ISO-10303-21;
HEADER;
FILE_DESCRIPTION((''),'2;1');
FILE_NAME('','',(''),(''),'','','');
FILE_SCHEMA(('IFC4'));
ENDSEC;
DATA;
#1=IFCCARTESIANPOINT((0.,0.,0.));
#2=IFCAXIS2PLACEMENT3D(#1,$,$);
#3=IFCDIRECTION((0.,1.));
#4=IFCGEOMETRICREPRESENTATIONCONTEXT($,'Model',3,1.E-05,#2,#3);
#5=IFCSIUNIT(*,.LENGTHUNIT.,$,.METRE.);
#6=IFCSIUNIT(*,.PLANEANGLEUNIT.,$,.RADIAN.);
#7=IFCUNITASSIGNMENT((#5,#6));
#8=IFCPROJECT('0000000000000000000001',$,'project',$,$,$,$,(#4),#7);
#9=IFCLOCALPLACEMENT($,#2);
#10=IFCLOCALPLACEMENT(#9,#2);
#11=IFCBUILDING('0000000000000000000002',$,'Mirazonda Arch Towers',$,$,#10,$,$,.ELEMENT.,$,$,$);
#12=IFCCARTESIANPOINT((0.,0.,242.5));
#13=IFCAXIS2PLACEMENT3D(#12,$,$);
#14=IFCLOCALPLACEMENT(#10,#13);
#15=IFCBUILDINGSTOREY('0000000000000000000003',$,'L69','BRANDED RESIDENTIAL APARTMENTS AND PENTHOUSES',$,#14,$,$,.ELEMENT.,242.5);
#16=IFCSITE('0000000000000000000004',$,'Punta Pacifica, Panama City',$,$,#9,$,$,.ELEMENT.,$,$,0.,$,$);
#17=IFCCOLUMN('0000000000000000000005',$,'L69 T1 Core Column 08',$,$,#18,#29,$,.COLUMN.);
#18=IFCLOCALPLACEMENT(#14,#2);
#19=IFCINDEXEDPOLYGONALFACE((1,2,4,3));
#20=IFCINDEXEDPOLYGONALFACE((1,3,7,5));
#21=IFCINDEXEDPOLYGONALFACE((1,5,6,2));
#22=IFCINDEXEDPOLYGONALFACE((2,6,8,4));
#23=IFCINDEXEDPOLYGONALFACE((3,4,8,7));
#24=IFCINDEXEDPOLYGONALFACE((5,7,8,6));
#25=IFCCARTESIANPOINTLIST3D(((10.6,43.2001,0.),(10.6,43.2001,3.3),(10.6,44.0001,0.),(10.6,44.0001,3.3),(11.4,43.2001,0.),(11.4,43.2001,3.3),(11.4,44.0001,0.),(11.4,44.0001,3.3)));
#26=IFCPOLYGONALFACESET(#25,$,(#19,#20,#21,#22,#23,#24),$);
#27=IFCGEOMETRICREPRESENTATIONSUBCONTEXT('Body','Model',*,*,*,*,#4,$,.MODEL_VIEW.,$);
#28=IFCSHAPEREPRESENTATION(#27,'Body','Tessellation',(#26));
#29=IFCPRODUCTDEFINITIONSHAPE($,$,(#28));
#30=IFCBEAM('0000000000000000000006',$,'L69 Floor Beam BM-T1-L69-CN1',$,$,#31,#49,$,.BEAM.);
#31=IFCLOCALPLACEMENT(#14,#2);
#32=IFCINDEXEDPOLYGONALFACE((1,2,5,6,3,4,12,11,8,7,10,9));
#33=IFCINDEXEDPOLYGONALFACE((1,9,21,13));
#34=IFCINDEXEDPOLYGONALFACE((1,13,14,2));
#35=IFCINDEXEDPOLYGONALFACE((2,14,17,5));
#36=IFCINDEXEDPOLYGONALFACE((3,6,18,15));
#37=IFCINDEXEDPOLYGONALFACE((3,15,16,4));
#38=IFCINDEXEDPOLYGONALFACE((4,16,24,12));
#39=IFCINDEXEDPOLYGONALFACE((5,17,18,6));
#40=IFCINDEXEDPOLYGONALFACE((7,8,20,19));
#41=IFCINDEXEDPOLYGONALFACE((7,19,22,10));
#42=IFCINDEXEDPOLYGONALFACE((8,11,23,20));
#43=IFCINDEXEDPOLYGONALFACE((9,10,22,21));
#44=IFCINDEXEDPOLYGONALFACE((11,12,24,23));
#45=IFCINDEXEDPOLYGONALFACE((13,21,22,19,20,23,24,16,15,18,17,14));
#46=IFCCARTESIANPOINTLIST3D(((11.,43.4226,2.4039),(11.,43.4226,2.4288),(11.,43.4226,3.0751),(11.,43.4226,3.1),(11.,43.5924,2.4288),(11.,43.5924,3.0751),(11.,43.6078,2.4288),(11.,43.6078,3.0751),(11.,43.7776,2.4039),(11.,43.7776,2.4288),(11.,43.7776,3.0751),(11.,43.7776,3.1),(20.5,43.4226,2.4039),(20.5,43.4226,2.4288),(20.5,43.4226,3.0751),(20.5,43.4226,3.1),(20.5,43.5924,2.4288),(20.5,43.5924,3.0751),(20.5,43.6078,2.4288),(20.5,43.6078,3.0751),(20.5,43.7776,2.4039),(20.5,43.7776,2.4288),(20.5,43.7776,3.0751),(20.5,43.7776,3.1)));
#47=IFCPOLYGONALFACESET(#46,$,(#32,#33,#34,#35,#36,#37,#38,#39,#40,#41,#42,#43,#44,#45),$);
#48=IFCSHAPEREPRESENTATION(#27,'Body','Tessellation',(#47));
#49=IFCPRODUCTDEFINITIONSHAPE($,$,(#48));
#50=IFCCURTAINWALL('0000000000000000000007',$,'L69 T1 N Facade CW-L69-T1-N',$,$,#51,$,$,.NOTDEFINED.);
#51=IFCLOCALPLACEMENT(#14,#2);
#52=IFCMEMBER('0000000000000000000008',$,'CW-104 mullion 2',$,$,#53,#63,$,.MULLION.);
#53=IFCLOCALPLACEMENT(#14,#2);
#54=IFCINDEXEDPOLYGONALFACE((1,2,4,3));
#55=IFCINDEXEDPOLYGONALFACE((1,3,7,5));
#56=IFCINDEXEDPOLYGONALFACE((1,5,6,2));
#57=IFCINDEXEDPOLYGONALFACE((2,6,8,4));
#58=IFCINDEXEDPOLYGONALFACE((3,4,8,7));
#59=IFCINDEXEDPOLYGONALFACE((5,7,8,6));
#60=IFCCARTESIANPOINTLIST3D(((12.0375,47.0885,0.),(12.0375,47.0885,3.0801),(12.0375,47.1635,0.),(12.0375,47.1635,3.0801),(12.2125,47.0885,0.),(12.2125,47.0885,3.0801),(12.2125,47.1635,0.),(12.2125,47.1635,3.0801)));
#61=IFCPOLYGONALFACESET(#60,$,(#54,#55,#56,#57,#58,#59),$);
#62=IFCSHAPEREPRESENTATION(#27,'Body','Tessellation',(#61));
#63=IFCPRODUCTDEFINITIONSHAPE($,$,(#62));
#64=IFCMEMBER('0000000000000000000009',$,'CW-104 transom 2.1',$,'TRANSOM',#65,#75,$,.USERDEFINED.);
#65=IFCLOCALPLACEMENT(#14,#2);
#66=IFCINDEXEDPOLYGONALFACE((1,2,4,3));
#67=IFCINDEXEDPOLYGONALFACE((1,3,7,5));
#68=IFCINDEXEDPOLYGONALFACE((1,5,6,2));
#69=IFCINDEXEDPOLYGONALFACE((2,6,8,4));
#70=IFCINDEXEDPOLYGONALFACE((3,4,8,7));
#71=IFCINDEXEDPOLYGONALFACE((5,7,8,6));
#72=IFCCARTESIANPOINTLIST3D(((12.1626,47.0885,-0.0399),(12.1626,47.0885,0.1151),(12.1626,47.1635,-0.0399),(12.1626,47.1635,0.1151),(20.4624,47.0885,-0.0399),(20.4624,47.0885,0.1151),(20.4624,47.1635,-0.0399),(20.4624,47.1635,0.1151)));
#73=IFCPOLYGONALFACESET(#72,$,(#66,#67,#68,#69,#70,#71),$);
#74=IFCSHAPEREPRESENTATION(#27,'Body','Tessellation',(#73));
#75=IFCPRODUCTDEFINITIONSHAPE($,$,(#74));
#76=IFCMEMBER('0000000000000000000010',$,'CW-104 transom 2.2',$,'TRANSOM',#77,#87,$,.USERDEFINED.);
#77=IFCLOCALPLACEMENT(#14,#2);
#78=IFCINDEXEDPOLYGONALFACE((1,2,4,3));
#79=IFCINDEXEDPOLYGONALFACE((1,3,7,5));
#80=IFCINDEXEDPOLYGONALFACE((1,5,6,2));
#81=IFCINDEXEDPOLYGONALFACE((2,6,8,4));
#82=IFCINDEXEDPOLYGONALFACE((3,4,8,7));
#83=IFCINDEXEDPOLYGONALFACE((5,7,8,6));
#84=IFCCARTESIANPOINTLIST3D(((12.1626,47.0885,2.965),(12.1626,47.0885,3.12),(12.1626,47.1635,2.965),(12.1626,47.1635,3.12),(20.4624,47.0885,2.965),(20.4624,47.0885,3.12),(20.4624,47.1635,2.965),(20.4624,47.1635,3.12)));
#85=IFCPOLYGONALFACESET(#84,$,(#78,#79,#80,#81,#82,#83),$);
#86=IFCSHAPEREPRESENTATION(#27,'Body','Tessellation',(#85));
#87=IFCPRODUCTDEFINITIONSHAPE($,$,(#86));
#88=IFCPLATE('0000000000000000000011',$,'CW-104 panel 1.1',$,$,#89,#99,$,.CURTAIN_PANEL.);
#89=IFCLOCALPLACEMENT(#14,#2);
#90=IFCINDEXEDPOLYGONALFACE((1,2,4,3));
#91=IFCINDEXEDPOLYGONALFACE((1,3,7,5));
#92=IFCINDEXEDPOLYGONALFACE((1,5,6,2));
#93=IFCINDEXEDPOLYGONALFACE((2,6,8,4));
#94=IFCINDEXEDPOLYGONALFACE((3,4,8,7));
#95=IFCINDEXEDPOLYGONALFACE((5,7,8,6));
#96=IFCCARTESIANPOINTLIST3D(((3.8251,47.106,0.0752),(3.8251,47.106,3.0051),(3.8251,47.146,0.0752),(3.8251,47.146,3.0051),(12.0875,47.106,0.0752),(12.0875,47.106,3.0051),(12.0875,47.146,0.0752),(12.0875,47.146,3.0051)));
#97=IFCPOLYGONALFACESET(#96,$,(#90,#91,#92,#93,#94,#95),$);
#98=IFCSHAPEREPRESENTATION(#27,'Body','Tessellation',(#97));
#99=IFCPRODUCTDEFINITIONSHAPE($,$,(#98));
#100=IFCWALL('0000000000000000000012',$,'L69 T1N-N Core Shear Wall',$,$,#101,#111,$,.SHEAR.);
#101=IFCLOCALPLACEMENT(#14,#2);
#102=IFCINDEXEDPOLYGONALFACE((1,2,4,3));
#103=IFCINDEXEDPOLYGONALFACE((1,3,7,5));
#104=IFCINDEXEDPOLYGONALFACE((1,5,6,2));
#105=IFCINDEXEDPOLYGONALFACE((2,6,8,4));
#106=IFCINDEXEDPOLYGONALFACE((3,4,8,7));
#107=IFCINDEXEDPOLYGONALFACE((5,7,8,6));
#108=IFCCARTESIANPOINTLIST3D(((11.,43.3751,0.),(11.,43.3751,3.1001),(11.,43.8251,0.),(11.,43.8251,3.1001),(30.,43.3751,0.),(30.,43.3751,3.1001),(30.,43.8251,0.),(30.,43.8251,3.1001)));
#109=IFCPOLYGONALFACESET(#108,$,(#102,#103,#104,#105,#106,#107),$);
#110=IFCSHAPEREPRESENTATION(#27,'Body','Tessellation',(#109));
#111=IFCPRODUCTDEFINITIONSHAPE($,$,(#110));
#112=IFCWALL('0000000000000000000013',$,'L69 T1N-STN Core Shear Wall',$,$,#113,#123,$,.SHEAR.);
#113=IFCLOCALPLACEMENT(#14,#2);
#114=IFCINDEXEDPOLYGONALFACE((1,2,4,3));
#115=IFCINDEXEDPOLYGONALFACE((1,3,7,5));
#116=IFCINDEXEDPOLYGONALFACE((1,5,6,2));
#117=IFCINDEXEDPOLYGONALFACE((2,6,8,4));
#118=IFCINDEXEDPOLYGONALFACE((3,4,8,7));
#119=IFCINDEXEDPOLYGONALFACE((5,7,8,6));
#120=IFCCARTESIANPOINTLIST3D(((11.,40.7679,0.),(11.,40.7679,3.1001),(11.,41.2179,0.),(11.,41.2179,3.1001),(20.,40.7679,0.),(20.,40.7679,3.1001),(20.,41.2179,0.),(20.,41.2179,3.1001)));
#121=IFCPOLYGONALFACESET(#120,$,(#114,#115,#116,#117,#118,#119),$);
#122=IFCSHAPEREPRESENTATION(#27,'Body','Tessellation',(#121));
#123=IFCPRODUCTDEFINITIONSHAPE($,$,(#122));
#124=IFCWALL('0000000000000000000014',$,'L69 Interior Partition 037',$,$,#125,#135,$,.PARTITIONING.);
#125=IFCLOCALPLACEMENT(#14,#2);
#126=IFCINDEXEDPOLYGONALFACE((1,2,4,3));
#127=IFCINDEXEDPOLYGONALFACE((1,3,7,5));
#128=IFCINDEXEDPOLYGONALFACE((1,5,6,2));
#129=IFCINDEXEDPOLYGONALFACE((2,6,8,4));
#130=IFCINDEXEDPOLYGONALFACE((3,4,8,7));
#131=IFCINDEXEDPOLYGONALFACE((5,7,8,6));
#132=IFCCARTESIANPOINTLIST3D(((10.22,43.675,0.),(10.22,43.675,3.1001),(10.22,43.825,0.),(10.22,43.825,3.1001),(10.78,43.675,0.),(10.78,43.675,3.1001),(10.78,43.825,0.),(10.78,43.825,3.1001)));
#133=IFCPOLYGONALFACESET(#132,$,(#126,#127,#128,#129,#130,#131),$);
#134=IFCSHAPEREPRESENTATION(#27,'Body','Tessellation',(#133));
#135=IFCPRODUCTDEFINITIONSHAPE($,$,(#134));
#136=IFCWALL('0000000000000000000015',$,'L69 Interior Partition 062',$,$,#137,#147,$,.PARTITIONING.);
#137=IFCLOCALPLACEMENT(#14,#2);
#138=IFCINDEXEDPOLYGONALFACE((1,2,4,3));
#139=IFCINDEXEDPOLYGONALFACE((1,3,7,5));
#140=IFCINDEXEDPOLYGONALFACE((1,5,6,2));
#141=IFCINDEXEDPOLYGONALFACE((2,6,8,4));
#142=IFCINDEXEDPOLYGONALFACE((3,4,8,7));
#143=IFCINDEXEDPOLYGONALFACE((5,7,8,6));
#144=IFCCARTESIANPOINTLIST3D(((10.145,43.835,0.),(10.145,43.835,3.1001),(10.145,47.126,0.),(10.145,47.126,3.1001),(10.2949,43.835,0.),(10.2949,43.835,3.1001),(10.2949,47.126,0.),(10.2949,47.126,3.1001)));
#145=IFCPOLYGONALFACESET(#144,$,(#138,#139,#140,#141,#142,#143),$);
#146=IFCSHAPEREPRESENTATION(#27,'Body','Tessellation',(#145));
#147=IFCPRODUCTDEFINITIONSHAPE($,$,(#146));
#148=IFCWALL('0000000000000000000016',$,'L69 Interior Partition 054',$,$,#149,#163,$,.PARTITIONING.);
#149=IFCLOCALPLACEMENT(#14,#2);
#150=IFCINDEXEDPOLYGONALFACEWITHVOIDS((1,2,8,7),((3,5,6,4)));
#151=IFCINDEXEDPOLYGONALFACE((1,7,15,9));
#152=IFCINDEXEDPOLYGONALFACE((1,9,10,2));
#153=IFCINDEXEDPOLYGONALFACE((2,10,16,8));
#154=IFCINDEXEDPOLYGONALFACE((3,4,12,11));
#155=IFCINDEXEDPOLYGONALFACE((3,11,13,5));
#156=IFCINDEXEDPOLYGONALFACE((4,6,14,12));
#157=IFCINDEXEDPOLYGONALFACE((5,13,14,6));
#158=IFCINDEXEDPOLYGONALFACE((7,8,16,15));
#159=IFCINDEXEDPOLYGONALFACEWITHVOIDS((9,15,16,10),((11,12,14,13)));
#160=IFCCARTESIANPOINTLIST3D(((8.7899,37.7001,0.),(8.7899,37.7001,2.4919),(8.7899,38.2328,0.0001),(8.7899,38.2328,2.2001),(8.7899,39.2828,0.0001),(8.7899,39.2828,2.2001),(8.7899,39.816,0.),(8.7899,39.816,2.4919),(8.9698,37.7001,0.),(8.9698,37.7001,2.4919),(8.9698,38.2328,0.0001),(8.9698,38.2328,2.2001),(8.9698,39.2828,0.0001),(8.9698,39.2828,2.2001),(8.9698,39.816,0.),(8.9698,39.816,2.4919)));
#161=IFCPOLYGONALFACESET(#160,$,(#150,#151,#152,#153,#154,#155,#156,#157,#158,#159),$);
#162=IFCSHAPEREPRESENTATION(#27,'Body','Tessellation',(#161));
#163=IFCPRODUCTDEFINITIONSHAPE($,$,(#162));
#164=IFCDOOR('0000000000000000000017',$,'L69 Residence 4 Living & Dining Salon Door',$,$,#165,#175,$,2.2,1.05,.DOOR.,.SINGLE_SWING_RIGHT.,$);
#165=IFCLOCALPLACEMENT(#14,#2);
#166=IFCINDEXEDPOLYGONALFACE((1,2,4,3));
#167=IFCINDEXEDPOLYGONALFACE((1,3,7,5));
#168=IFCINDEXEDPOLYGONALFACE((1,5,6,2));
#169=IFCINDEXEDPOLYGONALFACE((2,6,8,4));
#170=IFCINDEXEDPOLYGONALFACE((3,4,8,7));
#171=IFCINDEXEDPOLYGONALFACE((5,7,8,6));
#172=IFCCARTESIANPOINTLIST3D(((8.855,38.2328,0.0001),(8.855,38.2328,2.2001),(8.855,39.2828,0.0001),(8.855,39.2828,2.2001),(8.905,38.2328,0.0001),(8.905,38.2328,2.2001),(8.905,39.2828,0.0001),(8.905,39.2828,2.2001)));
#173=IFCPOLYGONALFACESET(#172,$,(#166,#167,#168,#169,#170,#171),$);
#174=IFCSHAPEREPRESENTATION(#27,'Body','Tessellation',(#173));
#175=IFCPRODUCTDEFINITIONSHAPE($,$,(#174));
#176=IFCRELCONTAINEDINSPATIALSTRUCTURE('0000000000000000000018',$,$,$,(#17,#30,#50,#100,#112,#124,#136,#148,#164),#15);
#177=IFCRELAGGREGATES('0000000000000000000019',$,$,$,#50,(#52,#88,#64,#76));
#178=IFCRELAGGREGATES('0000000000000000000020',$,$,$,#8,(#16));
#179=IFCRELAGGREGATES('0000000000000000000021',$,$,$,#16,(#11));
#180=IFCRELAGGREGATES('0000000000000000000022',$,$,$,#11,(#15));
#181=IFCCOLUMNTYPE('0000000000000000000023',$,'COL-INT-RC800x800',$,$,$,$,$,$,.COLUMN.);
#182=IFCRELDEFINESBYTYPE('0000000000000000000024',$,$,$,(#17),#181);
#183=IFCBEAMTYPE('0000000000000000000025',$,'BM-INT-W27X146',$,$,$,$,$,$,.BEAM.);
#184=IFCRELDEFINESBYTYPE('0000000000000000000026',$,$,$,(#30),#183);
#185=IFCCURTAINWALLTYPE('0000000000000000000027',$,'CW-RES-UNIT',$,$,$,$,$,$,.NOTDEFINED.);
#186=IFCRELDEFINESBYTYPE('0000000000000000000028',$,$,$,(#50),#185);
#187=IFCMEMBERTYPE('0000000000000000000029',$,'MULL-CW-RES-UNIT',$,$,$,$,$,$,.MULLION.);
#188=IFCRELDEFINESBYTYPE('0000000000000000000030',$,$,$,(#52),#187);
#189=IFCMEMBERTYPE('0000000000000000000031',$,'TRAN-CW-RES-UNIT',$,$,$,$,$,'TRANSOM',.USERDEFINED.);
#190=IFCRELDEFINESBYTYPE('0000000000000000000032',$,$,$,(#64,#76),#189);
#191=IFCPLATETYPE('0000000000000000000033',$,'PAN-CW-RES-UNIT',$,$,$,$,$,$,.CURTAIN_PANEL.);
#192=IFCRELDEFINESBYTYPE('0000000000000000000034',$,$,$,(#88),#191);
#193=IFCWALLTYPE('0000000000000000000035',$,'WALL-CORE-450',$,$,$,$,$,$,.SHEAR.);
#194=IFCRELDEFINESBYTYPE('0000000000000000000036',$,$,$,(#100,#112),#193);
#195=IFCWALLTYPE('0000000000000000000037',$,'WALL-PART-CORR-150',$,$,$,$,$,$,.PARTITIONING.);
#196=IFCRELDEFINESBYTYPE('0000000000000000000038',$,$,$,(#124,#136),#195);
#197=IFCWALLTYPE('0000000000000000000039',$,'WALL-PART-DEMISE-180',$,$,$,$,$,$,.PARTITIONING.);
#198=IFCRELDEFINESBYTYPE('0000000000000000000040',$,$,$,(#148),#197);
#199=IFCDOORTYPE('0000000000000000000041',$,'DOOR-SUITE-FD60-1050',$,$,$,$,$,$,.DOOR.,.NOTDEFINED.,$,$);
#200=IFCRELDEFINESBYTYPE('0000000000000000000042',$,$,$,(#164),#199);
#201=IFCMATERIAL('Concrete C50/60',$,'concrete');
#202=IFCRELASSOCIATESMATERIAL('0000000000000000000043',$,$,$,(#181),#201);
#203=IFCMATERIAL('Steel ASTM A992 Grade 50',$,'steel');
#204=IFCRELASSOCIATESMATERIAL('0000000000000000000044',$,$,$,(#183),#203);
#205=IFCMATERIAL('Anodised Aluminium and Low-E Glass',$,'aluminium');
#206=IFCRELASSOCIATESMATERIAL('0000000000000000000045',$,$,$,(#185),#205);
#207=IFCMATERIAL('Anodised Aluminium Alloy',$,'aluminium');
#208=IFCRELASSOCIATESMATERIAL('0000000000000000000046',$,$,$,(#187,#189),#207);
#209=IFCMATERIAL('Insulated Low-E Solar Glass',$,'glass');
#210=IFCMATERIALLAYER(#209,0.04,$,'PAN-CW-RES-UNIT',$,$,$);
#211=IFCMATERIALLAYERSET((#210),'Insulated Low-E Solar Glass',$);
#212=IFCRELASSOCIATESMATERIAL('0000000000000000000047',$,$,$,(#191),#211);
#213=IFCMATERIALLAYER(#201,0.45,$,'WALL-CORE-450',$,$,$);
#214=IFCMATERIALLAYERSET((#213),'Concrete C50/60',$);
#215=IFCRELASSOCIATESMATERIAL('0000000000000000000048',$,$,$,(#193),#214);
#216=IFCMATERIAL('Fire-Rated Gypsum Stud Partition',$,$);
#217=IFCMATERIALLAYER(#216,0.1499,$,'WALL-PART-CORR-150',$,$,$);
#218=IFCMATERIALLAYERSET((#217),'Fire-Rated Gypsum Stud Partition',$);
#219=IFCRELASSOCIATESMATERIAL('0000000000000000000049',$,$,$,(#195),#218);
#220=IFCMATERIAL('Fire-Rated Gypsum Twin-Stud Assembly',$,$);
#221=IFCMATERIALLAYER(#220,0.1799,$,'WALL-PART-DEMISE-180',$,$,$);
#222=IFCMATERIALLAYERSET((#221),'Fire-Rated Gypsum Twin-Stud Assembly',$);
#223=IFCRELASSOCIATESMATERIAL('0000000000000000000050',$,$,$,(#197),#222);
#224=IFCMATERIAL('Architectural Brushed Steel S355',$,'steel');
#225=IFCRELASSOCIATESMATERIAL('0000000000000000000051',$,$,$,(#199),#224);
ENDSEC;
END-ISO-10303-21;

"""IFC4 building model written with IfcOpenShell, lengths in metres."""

from ifc_helpers import new_model, si_unit, direction, frame, frame_2d, origin, origin_2d, place, context, subcontext, project, spatial, rectangle, i_section, extrude, material, layer, layer_set, material_profile, profile_set, type_object, element, fill, aggregate, save


model = new_model("IFC4")

# Units and contexts
model_context = context("Model", 3, precision=1e-05, world=origin(), true_north=direction((0.0, 1.0)))
body_context = subcontext(model_context, "Body", "Model", "MODEL_VIEW")
ifc_project = project(units=[si_unit("LENGTHUNIT", "METRE"), si_unit("PLANEANGLEUNIT", "RADIAN")], contexts=[model_context])

# Site, building, storey
site_placement = place(None, origin())
site = spatial("IfcSite", under=ifc_project, at=site_placement, Name="Punta Pacifica, Panama City", CompositionType="ELEMENT", RefElevation=0.0)
building_placement = place(site_placement, origin())
building = spatial("IfcBuilding", under=site, at=building_placement, Name="Mirazonda Arch Towers", CompositionType="ELEMENT")
storey_placement = place(building_placement, frame((0.0, 0.0, 242.5)))
storey = spatial("IfcBuildingStorey", under=building, at=storey_placement, Name="L69", Description="BRANDED RESIDENTIAL APARTMENTS AND PENTHOUSES", CompositionType="ELEMENT", Elevation=242.5)

# Column
ifc_material_1 = material(Name="Concrete C50/60", Category="concrete")
ifc_material_profile_1 = material_profile(ifc_material_1, rectangle(XDim=0.8, YDim=0.8, at=origin_2d()), Name="RC800x800")
ifc_profile_set_1 = profile_set([ifc_material_profile_1], Name="Concrete C50/60")
column_type = type_object("IfcColumnType", Name="COL-INT-RC800x800", PredefinedType="COLUMN", material=ifc_profile_set_1)
column_placement = place(storey_placement, frame((11.0, 43.6001, 0.0), z_axis=(0.0, 0.0, 1.0), x_axis=(1.0, 0.0, 0.0)))
element("IfcColumn", 1, at=column_placement, inside=storey, type_object=column_type, Name="L69 T1 Core Column 08", PredefinedType="COLUMN", context=body_context, shape_type="SweptSolid", body=[
    extrude(rectangle(XDim=0.8, YDim=0.8, at=origin_2d()), origin(), (0.0, 0.0, 1.0), 3.3),
])

# Beam
ifc_material_2 = material(Name="Steel ASTM A992 Grade 50", Category="steel")
ifc_material_profile_2 = material_profile(ifc_material_2, i_section(OverallWidth=0.355, OverallDepth=0.696, WebThickness=0.0154, FlangeThickness=0.0249, at=origin_2d()), Name="W27X146")
ifc_profile_set_2 = profile_set([ifc_material_profile_2], Name="Steel ASTM A992 Grade 50")
beam_type = type_object("IfcBeamType", Name="BM-INT-W27X146", PredefinedType="BEAM", material=ifc_profile_set_2)
beam_placement = place(storey_placement, frame((11.0, 43.6001, 2.752), z_axis=(1.0, 0.0, 0.0), x_axis=(0.0, 1.0, 0.0)))
element("IfcBeam", 2, at=beam_placement, inside=storey, type_object=beam_type, Name="L69 Floor Beam BM-T1-L69-CN1", PredefinedType="BEAM", context=body_context, shape_type="SweptSolid", body=[
    extrude(i_section(OverallWidth=0.355, OverallDepth=0.696, WebThickness=0.0154, FlangeThickness=0.0249, at=origin_2d()), origin(), (0.0, 0.0, 1.0), 9.5),
])

# Curtain wall, members, plate
ifc_material_3 = material(Name="Anodised Aluminium and Low-E Glass", Category="aluminium")
curtain_wall_type = type_object("IfcCurtainWallType", Name="CW-RES-UNIT", PredefinedType="NOTDEFINED", material=ifc_material_3)
curtain_wall_placement = place(storey_placement, origin())
curtain_wall = element("IfcCurtainWall", 3, at=curtain_wall_placement, inside=storey, type_object=curtain_wall_type, Name="L69 T1 N Facade CW-L69-T1-N", PredefinedType="NOTDEFINED")
ifc_material_4 = material(Name="Anodised Aluminium Alloy", Category="aluminium")
ifc_material_profile_3 = material_profile(ifc_material_4, rectangle(XDim=0.075, YDim=0.175, at=origin_2d()), Name="ALU-MULL-75x175")
ifc_profile_set_3 = profile_set([ifc_material_profile_3], Name="Anodised Aluminium Alloy")
member_type_1 = type_object("IfcMemberType", Name="MULL-CW-RES-UNIT", PredefinedType="MULLION", material=ifc_profile_set_3)
member_1_placement = place(storey_placement, frame((12.125, 47.126, 0.0), z_axis=(0.0, 0.0, 1.0), x_axis=(0.0, 1.0, 0.0)))
member_1 = element("IfcMember", 4, at=member_1_placement, type_object=member_type_1, Name="CW-104 mullion 2", PredefinedType="MULLION", context=body_context, shape_type="SweptSolid", body=[
    extrude(rectangle(XDim=0.075, YDim=0.175, at=origin_2d()), origin(), (0.0, 0.0, 1.0), 3.0801),
])
ifc_material_profile_4 = material_profile(ifc_material_4, rectangle(XDim=0.075, YDim=0.155, at=origin_2d()), Name="ALU-TRAN-75x155")
ifc_profile_set_4 = profile_set([ifc_material_profile_4], Name="Anodised Aluminium Alloy")
member_type_2 = type_object("IfcMemberType", Name="TRAN-CW-RES-UNIT", ElementType="TRANSOM", PredefinedType="USERDEFINED", material=ifc_profile_set_4)
member_2_placement = place(storey_placement, frame((12.1626, 47.126, 0.0376), z_axis=(1.0, 0.0, 0.0), x_axis=(0.0, 1.0, 0.0)))
member_2 = element("IfcMember", 5, at=member_2_placement, type_object=member_type_2, Name="CW-104 transom 2.1", ObjectType="TRANSOM", PredefinedType="USERDEFINED", context=body_context, shape_type="SweptSolid", body=[
    extrude(rectangle(XDim=0.075, YDim=0.155, at=origin_2d()), origin(), (0.0, 0.0, 1.0), 8.2998),
])
member_3_placement = place(storey_placement, frame((12.1626, 47.126, 3.0425), z_axis=(1.0, 0.0, 0.0), x_axis=(0.0, 1.0, 0.0)))
member_3 = element("IfcMember", 6, at=member_3_placement, type_object=member_type_2, Name="CW-104 transom 2.2", ObjectType="TRANSOM", PredefinedType="USERDEFINED", context=body_context, shape_type="SweptSolid", body=[
    extrude(rectangle(XDim=0.075, YDim=0.155, at=origin_2d()), origin(), (0.0, 0.0, 1.0), 8.2998),
])
ifc_material_5 = material(Name="Insulated Low-E Solar Glass", Category="glass")
ifc_layer_1 = layer(ifc_material_5, 0.04, Name="PAN-CW-RES-UNIT")
ifc_layer_set_1 = layer_set([ifc_layer_1], Name="Insulated Low-E Solar Glass")
plate_type = type_object("IfcPlateType", Name="PAN-CW-RES-UNIT", PredefinedType="CURTAIN_PANEL", material=ifc_layer_set_1)
plate_placement = place(storey_placement, frame((7.9563, 47.126, 0.0752), z_axis=(0.0, 0.0, 1.0), x_axis=(1.0, 0.0, 0.0)))
plate = element("IfcPlate", 7, at=plate_placement, type_object=plate_type, Name="CW-104 panel 1.1", PredefinedType="CURTAIN_PANEL", context=body_context, shape_type="SweptSolid", body=[
    extrude(rectangle(XDim=8.2625, YDim=0.04, at=origin_2d()), origin(), (0.0, 0.0, 1.0), 2.9299),
])
aggregate(curtain_wall, [member_1, plate, member_2, member_3])

# Walls
ifc_layer_2 = layer(ifc_material_1, 0.45, Name="WALL-CORE-450")
ifc_layer_set_2 = layer_set([ifc_layer_2], Name="Concrete C50/60")
wall_type_1 = type_object("IfcWallType", Name="WALL-CORE-450", PredefinedType="SHEAR", material=ifc_layer_set_2)
wall_1_placement = place(storey_placement, frame((11.0, 43.6001, 0.0), z_axis=(0.0, 0.0, 1.0), x_axis=(1.0, 0.0, 0.0)))
element("IfcWall", 8, at=wall_1_placement, inside=storey, type_object=wall_type_1, Name="L69 T1N-N Core Shear Wall", PredefinedType="SHEAR", context=body_context, shape_type="SweptSolid", body=[
    extrude(rectangle(XDim=19.0, YDim=0.45, at=frame_2d((9.5, 0.0))), origin(), (0.0, 0.0, 1.0), 3.1001),
])
wall_2_placement = place(storey_placement, frame((11.0, 40.9929, 0.0), z_axis=(0.0, 0.0, 1.0), x_axis=(1.0, 0.0, 0.0)))
element("IfcWall", 9, at=wall_2_placement, inside=storey, type_object=wall_type_1, Name="L69 T1N-STN Core Shear Wall", PredefinedType="SHEAR", context=body_context, shape_type="SweptSolid", body=[
    extrude(rectangle(XDim=9.0, YDim=0.45, at=frame_2d((4.5, 0.0))), origin(), (0.0, 0.0, 1.0), 3.1001),
])
ifc_material_6 = material(Name="Fire-Rated Gypsum Stud Partition")
ifc_layer_3 = layer(ifc_material_6, 0.1499, Name="WALL-PART-CORR-150")
ifc_layer_set_3 = layer_set([ifc_layer_3], Name="Fire-Rated Gypsum Stud Partition")
wall_type_2 = type_object("IfcWallType", Name="WALL-PART-CORR-150", PredefinedType="PARTITIONING", material=ifc_layer_set_3)
wall_3_placement = place(storey_placement, frame((10.22, 43.75, 0.0), z_axis=(0.0, 0.0, 1.0), x_axis=(1.0, 0.0, 0.0)))
element("IfcWall", 10, at=wall_3_placement, inside=storey, type_object=wall_type_2, Name="L69 Interior Partition 037", PredefinedType="PARTITIONING", context=body_context, shape_type="SweptSolid", body=[
    extrude(rectangle(XDim=0.5601, YDim=0.1499, at=frame_2d((0.28, 0.0))), origin(), (0.0, 0.0, 1.0), 3.1001),
])
wall_4_placement = place(storey_placement, frame((10.22, 43.835, 0.0), z_axis=(0.0, 0.0, 1.0), x_axis=(0.0, 1.0, 0.0)))
element("IfcWall", 11, at=wall_4_placement, inside=storey, type_object=wall_type_2, Name="L69 Interior Partition 062", PredefinedType="PARTITIONING", context=body_context, shape_type="SweptSolid", body=[
    extrude(rectangle(XDim=3.291, YDim=0.1499, at=frame_2d((1.6455, 0.0))), origin(), (0.0, 0.0, 1.0), 3.1001),
])

# Wall, opening, door
ifc_material_7 = material(Name="Fire-Rated Gypsum Twin-Stud Assembly")
ifc_layer_4 = layer(ifc_material_7, 0.1799, Name="WALL-PART-DEMISE-180")
ifc_layer_set_4 = layer_set([ifc_layer_4], Name="Fire-Rated Gypsum Twin-Stud Assembly")
wall_type_3 = type_object("IfcWallType", Name="WALL-PART-DEMISE-180", PredefinedType="PARTITIONING", material=ifc_layer_set_4)
wall_5_placement = place(storey_placement, frame((8.8799, 37.7, 0.0), z_axis=(0.0, 0.0, 1.0), x_axis=(0.0, 1.0, 0.0)))
wall_5 = element("IfcWall", 12, at=wall_5_placement, inside=storey, type_object=wall_type_3, Name="L69 Interior Partition 054", PredefinedType="PARTITIONING", context=body_context, shape_type="SweptSolid", body=[
    extrude(rectangle(XDim=2.116, YDim=0.1799, at=frame_2d((1.0581, 0.0))), origin(), (0.0, 0.0, 1.0), 2.4919),
])
opening_1_placement = place(wall_5_placement, frame((0.533, 0.0, 0.0)))
opening_1 = element("IfcOpeningElement", 13, at=opening_1_placement, cuts=wall_5, PredefinedType="OPENING", context=body_context, shape_type="SweptSolid", body=[
    extrude(rectangle(XDim=1.05, YDim=2.2, at=frame_2d((0.5249, 1.1001))), frame((0.0, 0.0999, 0.0), z_axis=(0.0, -1.0, 0.0), x_axis=(1.0, 0.0, 0.0)), (0.0, 0.0, 1.0), 0.2),
])
ifc_material_8 = material(Name="Architectural Brushed Steel S355", Category="steel")
door_type_1 = type_object("IfcDoorType", Name="DOOR-SUITE-FD60-1050", OperationType="NOTDEFINED", PredefinedType="DOOR", material=ifc_material_8)
door_1_placement = place(opening_1_placement, origin())
door_1 = element("IfcDoor", 14, at=door_1_placement, inside=storey, type_object=door_type_1, Name="L69 Residence 4 Living & Dining Salon Door", OperationType="SINGLE_SWING_RIGHT", OverallHeight=2.2, OverallWidth=1.05, PredefinedType="DOOR", context=body_context, shape_type="SweptSolid", body=[
    extrude(rectangle(XDim=1.05, YDim=2.2, at=frame_2d((0.5249, 1.1001))), frame((0.0, 0.0249, 0.0), z_axis=(0.0, -1.0, 0.0), x_axis=(1.0, 0.0, 0.0)), (0.0, 0.0, 1.0), 0.05),
])
fill(opening_1, door_1)

save(model, "model.ifc")
